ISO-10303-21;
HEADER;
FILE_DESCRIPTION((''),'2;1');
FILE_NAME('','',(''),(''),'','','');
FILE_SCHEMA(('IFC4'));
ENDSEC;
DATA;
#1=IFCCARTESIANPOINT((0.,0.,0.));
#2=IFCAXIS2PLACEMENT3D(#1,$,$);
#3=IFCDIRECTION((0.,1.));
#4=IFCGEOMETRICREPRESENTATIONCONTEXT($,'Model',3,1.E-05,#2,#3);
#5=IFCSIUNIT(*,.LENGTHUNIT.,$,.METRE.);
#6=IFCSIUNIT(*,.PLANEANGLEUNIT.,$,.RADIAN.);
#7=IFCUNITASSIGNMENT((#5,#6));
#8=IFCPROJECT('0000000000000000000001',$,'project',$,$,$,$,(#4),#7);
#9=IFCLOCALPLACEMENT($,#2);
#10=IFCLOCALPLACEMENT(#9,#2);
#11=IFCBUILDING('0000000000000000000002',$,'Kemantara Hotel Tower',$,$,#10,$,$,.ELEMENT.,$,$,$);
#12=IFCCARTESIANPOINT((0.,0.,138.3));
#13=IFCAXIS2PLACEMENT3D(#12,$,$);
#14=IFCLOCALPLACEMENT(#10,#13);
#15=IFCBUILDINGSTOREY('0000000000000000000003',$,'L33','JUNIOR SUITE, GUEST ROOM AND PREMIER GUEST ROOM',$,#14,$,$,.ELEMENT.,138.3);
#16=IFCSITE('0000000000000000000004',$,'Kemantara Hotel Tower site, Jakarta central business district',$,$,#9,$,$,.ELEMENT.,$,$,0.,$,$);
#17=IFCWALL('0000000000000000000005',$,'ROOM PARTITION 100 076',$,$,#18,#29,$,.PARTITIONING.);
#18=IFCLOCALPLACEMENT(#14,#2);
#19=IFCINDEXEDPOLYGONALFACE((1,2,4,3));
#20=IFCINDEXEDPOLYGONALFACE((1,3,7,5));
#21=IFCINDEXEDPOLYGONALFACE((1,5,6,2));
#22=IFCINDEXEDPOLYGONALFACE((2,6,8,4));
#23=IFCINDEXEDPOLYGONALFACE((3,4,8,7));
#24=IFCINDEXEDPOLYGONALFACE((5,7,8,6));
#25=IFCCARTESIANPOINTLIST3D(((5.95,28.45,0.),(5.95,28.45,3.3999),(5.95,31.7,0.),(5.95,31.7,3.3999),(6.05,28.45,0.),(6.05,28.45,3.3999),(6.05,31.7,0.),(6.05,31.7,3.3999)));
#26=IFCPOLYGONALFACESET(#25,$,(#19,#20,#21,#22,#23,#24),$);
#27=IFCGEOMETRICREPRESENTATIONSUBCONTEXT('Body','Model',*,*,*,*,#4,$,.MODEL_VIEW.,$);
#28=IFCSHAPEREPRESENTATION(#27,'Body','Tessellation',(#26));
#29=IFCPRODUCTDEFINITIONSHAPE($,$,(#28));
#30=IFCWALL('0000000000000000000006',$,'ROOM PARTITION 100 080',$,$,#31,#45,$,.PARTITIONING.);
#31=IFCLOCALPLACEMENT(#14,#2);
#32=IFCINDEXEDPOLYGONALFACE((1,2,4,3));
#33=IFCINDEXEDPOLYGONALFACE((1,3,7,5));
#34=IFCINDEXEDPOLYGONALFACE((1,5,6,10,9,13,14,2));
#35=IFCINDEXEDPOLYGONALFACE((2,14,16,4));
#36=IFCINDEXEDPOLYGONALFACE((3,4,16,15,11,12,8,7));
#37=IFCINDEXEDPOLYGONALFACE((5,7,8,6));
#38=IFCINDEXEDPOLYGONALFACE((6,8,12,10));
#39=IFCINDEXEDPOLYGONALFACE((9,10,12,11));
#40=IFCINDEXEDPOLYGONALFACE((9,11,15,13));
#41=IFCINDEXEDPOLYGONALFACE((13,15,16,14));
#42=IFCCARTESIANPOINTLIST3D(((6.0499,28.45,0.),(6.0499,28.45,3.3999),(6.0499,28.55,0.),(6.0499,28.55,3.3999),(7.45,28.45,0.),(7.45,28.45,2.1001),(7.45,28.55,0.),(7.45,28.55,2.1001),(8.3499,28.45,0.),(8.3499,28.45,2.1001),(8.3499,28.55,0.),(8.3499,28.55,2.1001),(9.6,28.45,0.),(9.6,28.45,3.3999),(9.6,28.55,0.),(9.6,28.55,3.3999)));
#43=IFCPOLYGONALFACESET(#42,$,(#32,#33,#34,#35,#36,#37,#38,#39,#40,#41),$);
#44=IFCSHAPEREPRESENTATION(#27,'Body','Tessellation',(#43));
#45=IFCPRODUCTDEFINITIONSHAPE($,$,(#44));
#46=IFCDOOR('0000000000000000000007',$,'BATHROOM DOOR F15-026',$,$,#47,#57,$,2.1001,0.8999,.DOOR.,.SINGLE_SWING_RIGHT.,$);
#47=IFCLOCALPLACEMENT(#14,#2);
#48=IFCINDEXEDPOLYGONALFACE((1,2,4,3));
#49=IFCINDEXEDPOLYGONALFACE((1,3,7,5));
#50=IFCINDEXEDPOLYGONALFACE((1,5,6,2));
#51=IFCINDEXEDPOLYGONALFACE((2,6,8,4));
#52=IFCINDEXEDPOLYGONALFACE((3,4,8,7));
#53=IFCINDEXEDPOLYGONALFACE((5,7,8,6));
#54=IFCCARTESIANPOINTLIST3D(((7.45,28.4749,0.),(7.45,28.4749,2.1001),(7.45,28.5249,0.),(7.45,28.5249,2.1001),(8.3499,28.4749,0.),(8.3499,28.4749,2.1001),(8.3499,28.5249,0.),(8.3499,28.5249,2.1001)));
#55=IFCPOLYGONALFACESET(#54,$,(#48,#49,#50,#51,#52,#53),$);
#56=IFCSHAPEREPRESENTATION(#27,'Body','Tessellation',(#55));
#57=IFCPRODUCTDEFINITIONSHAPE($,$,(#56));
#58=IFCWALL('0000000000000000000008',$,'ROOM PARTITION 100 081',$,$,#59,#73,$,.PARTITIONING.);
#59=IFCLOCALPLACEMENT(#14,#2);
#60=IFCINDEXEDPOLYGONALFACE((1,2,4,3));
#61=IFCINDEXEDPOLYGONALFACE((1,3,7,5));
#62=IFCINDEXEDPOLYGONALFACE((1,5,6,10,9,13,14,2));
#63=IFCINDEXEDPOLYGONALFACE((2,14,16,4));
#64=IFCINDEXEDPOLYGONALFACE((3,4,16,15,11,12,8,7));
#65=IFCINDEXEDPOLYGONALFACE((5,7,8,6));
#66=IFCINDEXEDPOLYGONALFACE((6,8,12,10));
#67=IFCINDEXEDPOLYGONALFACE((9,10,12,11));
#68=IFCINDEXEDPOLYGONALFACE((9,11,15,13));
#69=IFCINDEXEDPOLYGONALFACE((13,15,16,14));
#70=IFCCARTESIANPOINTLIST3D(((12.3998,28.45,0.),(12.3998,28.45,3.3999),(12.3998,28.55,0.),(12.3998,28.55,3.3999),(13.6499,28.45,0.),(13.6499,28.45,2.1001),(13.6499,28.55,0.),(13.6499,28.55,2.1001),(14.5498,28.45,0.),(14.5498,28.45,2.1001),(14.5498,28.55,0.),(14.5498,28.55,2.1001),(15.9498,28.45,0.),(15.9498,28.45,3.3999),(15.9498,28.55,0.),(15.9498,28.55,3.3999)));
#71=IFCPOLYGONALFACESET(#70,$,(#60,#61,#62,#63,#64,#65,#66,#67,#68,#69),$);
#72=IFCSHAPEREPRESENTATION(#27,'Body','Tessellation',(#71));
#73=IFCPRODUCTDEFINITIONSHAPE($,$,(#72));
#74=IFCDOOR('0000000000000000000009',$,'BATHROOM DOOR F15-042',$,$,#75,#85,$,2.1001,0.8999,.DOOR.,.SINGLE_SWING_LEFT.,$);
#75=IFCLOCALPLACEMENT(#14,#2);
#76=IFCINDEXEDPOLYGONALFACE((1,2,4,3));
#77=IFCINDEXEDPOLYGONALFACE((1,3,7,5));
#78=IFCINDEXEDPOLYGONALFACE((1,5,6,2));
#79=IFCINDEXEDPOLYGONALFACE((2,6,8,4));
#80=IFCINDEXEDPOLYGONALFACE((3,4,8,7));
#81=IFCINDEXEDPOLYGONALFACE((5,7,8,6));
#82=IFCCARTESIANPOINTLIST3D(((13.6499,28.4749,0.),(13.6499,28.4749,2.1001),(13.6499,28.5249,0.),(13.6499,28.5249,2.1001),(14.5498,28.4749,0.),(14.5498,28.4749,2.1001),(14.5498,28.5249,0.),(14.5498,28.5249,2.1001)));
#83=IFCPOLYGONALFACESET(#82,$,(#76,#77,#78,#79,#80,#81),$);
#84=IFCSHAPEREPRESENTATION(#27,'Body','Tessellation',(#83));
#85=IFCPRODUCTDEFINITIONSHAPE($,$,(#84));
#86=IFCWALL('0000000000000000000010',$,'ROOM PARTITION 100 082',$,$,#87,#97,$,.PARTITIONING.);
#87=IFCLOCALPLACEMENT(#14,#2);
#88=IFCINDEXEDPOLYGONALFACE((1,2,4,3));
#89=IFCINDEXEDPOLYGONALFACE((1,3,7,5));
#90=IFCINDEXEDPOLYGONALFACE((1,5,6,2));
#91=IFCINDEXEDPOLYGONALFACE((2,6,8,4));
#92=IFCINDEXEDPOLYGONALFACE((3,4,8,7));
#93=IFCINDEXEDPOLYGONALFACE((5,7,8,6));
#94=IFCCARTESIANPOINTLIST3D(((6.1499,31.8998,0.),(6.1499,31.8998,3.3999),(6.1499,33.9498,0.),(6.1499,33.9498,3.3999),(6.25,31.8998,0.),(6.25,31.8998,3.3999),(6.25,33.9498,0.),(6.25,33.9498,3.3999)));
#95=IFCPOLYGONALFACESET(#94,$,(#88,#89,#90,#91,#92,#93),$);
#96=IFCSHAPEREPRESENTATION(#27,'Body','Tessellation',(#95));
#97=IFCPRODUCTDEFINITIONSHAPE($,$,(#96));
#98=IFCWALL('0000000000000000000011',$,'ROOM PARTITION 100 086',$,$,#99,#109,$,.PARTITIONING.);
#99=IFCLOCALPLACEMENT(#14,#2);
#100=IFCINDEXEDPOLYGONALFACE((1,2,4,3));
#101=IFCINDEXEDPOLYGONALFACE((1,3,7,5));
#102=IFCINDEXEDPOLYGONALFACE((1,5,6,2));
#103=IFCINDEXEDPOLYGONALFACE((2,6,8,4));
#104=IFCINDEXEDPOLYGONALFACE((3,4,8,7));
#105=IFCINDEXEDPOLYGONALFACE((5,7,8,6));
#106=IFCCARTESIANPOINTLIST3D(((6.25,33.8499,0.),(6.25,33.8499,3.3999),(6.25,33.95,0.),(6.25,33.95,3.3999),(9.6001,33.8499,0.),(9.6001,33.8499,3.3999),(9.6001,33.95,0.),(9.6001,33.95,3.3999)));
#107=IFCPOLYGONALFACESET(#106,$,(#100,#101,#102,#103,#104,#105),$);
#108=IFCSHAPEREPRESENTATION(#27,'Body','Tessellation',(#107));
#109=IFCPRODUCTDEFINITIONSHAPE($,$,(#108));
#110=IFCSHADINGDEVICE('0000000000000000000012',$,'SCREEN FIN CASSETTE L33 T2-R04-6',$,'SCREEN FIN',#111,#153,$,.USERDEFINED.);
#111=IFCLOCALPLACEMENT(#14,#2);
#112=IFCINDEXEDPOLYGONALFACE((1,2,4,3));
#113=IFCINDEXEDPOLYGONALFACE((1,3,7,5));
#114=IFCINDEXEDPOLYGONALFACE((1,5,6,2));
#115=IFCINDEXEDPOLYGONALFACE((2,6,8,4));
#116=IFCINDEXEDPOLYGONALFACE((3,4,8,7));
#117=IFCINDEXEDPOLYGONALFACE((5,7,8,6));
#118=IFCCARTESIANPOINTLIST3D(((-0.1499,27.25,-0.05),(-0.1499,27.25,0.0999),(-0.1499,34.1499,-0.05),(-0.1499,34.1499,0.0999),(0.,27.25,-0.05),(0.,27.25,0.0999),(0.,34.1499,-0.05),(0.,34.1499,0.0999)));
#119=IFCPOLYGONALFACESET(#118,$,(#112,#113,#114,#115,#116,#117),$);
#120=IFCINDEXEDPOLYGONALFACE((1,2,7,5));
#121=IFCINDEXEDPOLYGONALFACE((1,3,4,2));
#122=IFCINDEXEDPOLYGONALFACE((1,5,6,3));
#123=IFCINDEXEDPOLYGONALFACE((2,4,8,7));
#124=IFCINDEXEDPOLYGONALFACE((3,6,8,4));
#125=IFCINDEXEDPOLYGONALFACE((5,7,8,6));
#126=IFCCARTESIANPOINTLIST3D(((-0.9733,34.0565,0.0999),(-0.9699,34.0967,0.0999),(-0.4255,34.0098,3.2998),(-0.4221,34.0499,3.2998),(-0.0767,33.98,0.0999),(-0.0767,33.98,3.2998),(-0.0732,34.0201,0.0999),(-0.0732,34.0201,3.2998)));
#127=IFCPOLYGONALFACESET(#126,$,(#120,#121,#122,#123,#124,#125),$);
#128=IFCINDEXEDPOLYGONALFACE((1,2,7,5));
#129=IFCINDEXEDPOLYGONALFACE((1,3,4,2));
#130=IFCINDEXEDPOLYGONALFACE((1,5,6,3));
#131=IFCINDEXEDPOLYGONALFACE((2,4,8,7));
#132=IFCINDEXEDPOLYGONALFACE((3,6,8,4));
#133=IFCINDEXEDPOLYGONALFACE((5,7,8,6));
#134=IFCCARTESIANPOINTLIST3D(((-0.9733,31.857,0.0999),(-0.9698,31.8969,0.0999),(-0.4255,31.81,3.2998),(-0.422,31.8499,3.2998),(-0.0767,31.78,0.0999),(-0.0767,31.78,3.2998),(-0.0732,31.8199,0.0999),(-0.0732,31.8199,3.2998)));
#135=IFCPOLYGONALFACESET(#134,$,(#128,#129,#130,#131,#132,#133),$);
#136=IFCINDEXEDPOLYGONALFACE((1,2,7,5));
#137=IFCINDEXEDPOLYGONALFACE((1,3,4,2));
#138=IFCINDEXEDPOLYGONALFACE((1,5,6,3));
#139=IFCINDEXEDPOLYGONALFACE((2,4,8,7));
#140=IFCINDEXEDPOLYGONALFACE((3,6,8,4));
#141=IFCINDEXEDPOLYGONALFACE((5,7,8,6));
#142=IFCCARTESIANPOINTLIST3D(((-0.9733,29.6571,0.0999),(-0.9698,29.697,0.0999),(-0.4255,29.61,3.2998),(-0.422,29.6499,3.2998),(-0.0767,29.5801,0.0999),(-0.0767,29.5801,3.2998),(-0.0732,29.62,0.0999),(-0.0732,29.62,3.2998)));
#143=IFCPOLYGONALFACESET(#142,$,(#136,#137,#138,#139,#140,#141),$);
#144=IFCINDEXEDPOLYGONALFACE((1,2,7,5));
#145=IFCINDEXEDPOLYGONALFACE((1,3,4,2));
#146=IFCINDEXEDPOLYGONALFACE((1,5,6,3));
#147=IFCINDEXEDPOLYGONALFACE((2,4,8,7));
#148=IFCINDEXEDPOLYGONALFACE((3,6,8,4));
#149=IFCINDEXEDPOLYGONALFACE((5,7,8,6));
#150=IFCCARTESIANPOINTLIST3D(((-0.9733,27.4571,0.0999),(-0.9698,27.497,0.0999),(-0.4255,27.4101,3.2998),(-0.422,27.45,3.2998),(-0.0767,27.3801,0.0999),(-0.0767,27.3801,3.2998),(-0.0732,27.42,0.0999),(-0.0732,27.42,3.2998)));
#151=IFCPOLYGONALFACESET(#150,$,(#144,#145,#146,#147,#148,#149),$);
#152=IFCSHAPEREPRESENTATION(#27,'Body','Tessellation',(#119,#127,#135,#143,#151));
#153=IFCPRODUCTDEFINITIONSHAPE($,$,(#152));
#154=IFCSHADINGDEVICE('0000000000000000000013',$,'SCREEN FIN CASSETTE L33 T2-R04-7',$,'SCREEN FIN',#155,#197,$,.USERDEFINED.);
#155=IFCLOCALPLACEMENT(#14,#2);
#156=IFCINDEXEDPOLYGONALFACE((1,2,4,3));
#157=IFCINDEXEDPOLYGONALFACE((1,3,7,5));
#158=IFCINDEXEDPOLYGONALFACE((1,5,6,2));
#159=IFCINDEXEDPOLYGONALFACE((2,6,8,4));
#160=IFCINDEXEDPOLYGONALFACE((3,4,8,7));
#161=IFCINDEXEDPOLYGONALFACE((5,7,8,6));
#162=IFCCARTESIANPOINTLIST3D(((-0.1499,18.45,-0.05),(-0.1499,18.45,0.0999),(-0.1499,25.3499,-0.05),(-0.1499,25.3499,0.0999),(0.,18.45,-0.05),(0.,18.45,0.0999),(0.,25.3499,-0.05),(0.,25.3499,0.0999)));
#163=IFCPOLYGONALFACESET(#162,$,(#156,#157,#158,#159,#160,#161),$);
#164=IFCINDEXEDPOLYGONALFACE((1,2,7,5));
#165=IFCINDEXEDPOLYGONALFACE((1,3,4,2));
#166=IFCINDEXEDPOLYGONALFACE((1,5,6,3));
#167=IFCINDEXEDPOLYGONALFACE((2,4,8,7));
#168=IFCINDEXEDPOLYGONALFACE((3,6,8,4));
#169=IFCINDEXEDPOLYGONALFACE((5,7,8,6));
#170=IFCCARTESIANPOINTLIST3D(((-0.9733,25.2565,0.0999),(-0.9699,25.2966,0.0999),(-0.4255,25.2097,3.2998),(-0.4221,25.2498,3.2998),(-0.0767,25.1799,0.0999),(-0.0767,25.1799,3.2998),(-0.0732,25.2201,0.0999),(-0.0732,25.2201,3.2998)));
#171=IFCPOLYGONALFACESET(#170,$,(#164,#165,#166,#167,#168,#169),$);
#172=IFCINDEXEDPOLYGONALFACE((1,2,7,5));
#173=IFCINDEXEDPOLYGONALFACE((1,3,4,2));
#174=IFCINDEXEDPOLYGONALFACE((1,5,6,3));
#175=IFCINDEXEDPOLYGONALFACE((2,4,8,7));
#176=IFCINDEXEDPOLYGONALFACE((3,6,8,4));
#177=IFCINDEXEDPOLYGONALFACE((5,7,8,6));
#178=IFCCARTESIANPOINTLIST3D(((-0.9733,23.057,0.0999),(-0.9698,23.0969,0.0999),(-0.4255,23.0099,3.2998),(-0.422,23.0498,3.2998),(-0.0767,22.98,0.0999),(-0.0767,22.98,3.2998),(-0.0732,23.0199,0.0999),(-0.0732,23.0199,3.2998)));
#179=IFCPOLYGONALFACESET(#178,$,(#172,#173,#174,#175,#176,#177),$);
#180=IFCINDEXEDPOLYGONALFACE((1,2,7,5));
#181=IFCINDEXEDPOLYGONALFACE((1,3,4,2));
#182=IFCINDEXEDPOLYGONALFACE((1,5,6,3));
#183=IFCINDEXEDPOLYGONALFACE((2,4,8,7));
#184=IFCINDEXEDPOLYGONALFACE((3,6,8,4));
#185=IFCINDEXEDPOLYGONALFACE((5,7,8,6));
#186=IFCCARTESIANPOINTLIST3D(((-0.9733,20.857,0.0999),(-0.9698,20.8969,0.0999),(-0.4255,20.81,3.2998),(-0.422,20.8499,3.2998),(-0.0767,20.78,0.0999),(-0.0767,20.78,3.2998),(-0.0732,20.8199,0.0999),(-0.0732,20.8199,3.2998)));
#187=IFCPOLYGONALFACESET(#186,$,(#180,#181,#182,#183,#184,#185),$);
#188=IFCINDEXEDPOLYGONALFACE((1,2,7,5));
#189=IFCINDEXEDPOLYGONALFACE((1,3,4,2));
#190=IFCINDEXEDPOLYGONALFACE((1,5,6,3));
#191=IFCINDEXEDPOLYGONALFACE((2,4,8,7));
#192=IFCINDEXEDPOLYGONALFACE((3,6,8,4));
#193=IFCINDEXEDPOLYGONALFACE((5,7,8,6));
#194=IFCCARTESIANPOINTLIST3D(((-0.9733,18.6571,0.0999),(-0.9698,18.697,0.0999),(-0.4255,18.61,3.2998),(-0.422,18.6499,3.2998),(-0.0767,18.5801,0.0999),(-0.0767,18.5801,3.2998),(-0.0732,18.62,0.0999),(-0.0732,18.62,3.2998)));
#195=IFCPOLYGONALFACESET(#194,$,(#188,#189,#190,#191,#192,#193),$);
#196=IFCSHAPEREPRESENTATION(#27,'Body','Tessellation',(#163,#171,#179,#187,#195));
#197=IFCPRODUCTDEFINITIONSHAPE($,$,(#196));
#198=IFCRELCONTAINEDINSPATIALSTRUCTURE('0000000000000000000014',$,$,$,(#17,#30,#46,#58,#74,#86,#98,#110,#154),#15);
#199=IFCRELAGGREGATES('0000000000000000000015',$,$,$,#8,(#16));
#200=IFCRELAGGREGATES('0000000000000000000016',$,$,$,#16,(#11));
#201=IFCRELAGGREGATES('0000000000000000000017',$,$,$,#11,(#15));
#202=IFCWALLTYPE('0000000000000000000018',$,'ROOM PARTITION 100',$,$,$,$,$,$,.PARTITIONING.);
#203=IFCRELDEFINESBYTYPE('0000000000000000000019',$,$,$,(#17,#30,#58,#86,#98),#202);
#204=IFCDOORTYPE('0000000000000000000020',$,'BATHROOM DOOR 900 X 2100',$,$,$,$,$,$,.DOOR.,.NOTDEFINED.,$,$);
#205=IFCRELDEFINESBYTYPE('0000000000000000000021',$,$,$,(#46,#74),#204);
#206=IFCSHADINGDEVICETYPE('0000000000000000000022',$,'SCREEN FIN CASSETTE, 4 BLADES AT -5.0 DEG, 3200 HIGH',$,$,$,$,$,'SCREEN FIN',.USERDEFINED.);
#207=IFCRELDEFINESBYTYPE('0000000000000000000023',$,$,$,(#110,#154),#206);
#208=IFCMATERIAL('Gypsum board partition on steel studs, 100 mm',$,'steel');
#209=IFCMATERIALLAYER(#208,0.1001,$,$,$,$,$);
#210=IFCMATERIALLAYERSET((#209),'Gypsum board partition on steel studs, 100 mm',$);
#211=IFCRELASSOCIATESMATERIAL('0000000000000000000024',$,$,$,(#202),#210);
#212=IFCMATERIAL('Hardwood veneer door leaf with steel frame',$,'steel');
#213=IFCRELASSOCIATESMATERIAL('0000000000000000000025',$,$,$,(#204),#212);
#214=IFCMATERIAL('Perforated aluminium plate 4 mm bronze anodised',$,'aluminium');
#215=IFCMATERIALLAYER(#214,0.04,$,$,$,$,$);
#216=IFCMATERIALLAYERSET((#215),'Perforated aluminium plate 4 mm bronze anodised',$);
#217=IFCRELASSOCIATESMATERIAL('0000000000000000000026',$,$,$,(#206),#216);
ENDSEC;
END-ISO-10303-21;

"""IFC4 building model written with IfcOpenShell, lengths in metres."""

from ifc_helpers import new_model, si_unit, direction, frame, frame_2d, origin, origin_2d, place, context, subcontext, project, spatial, polyline, rectangle, outline, extrude, source, transform, mapped, material, layer, layer_set, type_object, element, fill, save


model = new_model("IFC4")

# Units and contexts
model_context = context("Model", 3, precision=1e-05, world=origin(), true_north=direction((0.0, 1.0)))
body_context = subcontext(model_context, "Body", "Model", "MODEL_VIEW")
ifc_project = project(units=[si_unit("LENGTHUNIT", "METRE"), si_unit("PLANEANGLEUNIT", "RADIAN")], contexts=[model_context])

# Site, building, storey
site_placement = place(None, origin())
site = spatial("IfcSite", under=ifc_project, at=site_placement, Name="Kemantara Hotel Tower site, Jakarta central business district", CompositionType="ELEMENT", RefElevation=0.0)
building_placement = place(site_placement, origin())
building = spatial("IfcBuilding", under=site, at=building_placement, Name="Kemantara Hotel Tower", CompositionType="ELEMENT")
storey_placement = place(building_placement, frame((0.0, 0.0, 138.3)))
storey = spatial("IfcBuildingStorey", under=building, at=storey_placement, Name="L33", Description="JUNIOR SUITE, GUEST ROOM AND PREMIER GUEST ROOM", CompositionType="ELEMENT", Elevation=138.3)

# Shared definitions
ifc_material_1 = material(Name="Hardwood veneer door leaf with steel frame", Category="steel")

# Wall
ifc_material_2 = material(Name="Gypsum board partition on steel studs, 100 mm", Category="steel")
ifc_layer_1 = layer(ifc_material_2, 0.1001)
ifc_layer_set_1 = layer_set([ifc_layer_1], Name="Gypsum board partition on steel studs, 100 mm")
wall_type_1 = type_object("IfcWallType", Name="ROOM PARTITION 100", PredefinedType="PARTITIONING", material=ifc_layer_set_1)
wall_1_placement = place(storey_placement, frame((6.0, 28.45, 0.0), z_axis=(0.0, 0.0, 1.0), x_axis=(0.0, 1.0, 0.0)))
element("IfcWall", 1, at=wall_1_placement, inside=storey, type_object=wall_type_1, Name="ROOM PARTITION 100 076", PredefinedType="PARTITIONING", context=body_context, shape_type="SweptSolid", body=[
    extrude(rectangle(XDim=3.25, YDim=0.1001, at=frame_2d((1.625, 0.0))), origin(), (0.0, 0.0, 1.0), 3.3999),
])

# Walls, openings, doors
wall_2_placement = place(storey_placement, frame((6.05, 28.5, 0.0), z_axis=(0.0, 0.0, 1.0), x_axis=(1.0, 0.0, 0.0)))
wall_2 = element("IfcWall", 2, at=wall_2_placement, inside=storey, type_object=wall_type_1, Name="ROOM PARTITION 100 080", PredefinedType="PARTITIONING", context=body_context, shape_type="SweptSolid", body=[
    extrude(rectangle(XDim=3.55, YDim=0.1001, at=frame_2d((1.7749, 0.0))), origin(), (0.0, 0.0, 1.0), 3.3999),
])
opening_1_placement = place(wall_2_placement, frame((1.3999, 0.0, 0.0)))
opening_1 = element("IfcOpeningElement", 3, at=opening_1_placement, cuts=wall_2, PredefinedType="OPENING", context=body_context, shape_type="SweptSolid", body=[
    extrude(rectangle(XDim=0.8999, YDim=2.1001, at=frame_2d((0.45, 1.05))), frame((0.0, 0.0601, 0.0), z_axis=(0.0, -1.0, 0.0), x_axis=(1.0, 0.0, 0.0)), (0.0, 0.0, 1.0), 0.1201),
])
door_type_1 = type_object("IfcDoorType", Name="BATHROOM DOOR 900 X 2100", OperationType="NOTDEFINED", PredefinedType="DOOR", material=ifc_material_1)
door_1_placement = place(opening_1_placement, origin())
door_1 = element("IfcDoor", 4, at=door_1_placement, inside=storey, type_object=door_type_1, Name="BATHROOM DOOR F15-026", OperationType="SINGLE_SWING_RIGHT", OverallHeight=2.1001, OverallWidth=0.8999, PredefinedType="DOOR", context=body_context, shape_type="SweptSolid", body=[
    extrude(rectangle(XDim=0.8999, YDim=2.1001, at=frame_2d((0.45, 1.05))), frame((0.0, 0.0249, 0.0), z_axis=(0.0, -1.0, 0.0), x_axis=(1.0, 0.0, 0.0)), (0.0, 0.0, 1.0), 0.05),
])
fill(opening_1, door_1)
wall_3_placement = place(storey_placement, frame((12.3999, 28.5, 0.0), z_axis=(0.0, 0.0, 1.0), x_axis=(1.0, 0.0, 0.0)))
wall_3 = element("IfcWall", 5, at=wall_3_placement, inside=storey, type_object=wall_type_1, Name="ROOM PARTITION 100 081", PredefinedType="PARTITIONING", context=body_context, shape_type="SweptSolid", body=[
    extrude(rectangle(XDim=3.55, YDim=0.1001, at=frame_2d((1.7749, 0.0))), origin(), (0.0, 0.0, 1.0), 3.3999),
])
opening_2_placement = place(wall_3_placement, frame((1.25, 0.0, 0.0)))
opening_2 = element("IfcOpeningElement", 6, at=opening_2_placement, cuts=wall_3, PredefinedType="OPENING", context=body_context, shape_type="SweptSolid", body=[
    extrude(rectangle(XDim=0.8999, YDim=2.1001, at=frame_2d((0.45, 1.05))), frame((0.0, 0.0601, 0.0), z_axis=(0.0, -1.0, 0.0), x_axis=(1.0, 0.0, 0.0)), (0.0, 0.0, 1.0), 0.1201),
])
door_2_placement = place(opening_2_placement, origin())
door_2 = element("IfcDoor", 7, at=door_2_placement, inside=storey, type_object=door_type_1, Name="BATHROOM DOOR F15-042", OperationType="SINGLE_SWING_LEFT", OverallHeight=2.1001, OverallWidth=0.8999, PredefinedType="DOOR", context=body_context, shape_type="SweptSolid", body=[
    extrude(rectangle(XDim=0.8999, YDim=2.1001, at=frame_2d((0.45, 1.05))), frame((0.0, 0.0249, 0.0), z_axis=(0.0, -1.0, 0.0), x_axis=(1.0, 0.0, 0.0)), (0.0, 0.0, 1.0), 0.05),
])
fill(opening_2, door_2)

# Walls
wall_4_placement = place(storey_placement, frame((6.2, 31.8999, 0.0), z_axis=(0.0, 0.0, 1.0), x_axis=(0.0, 1.0, 0.0)))
element("IfcWall", 8, at=wall_4_placement, inside=storey, type_object=wall_type_1, Name="ROOM PARTITION 100 082", PredefinedType="PARTITIONING", context=body_context, shape_type="SweptSolid", body=[
    extrude(rectangle(XDim=2.05, YDim=0.1001, at=frame_2d((1.0249, 0.0))), origin(), (0.0, 0.0, 1.0), 3.3999),
])
wall_5_placement = place(storey_placement, frame((6.25, 33.8999, 0.0), z_axis=(0.0, 0.0, 1.0), x_axis=(1.0, 0.0, 0.0)))
element("IfcWall", 9, at=wall_5_placement, inside=storey, type_object=wall_type_1, Name="ROOM PARTITION 100 086", PredefinedType="PARTITIONING", context=body_context, shape_type="SweptSolid", body=[
    extrude(rectangle(XDim=3.3501, YDim=0.1001, at=frame_2d((1.675, 0.0))), origin(), (0.0, 0.0, 1.0), 3.3999),
])

# Shading devices
ifc_material_3 = material(Name="Perforated aluminium plate 4 mm bronze anodised", Category="aluminium")
ifc_layer_2 = layer(ifc_material_3, 0.04)
ifc_layer_set_2 = layer_set([ifc_layer_2], Name="Perforated aluminium plate 4 mm bronze anodised")
shading_device_type = type_object("IfcShadingDeviceType", Name="SCREEN FIN CASSETTE, 4 BLADES AT -5.0 DEG, 3200 HIGH", ElementType="SCREEN FIN", PredefinedType="USERDEFINED", material=ifc_layer_set_2)
shared_shape = source(origin(), body_context, "Body", "SweptSolid", [
    extrude(rectangle(XDim=6.8999, YDim=0.1499, at=origin_2d()), frame((3.3, -0.075, -0.1499), z_axis=(0.0, 0.0, 1.0), x_axis=(1.0, 0.0, 0.0)), (0.0, 0.0, 1.0), 0.1499),
    extrude(outline(polyline([(0.0, 0.0), (0.8999, 0.0), (0.3501, 3.2), (0.0, 3.2), (0.0, 0.0)])), frame((0.02, -0.0767, 0.0), z_axis=(-0.996376, 0.085056, 0.0), x_axis=(-0.085056, -0.996376, 0.0)), (0.0, 0.0, 1.0), 0.0403),
    extrude(outline(polyline([(0.0, 0.0), (0.8999, 0.0), (0.3501, 3.2), (0.0, 3.2), (0.0, 0.0)])), frame((2.22, -0.0767, 0.0), z_axis=(-0.996332, 0.085575, 0.0), x_axis=(-0.085575, -0.996332, 0.0)), (0.0, 0.0, 1.0), 0.04),
    extrude(outline(polyline([(0.0, 0.0), (0.8999, 0.0), (0.3501, 3.2), (0.0, 3.2), (0.0, 0.0)])), frame((4.4199, -0.0767, 0.0), z_axis=(-0.996332, 0.085575, 0.0), x_axis=(-0.085575, -0.996332, 0.0)), (0.0, 0.0, 1.0), 0.04),
    extrude(outline(polyline([(0.0, 0.0), (0.8999, 0.0), (0.3501, 3.2), (0.0, 3.2), (0.0, 0.0)])), frame((6.6199, -0.0767, 0.0), z_axis=(-0.996332, 0.085575, 0.0), x_axis=(-0.085575, -0.996332, 0.0)), (0.0, 0.0, 1.0), 0.04),
])
for number, where, z_axis, x_axis, name in (
    (10, (0.0, 34.0, 0.0999), (0.0, 0.0, 1.0), (0.0, -1.0, 0.0), "SCREEN FIN CASSETTE L33 T2-R04-6"),
    (11, (0.0, 25.2, 0.0999), (0.0, 0.0, 1.0), (0.0, -1.0, 0.0), "SCREEN FIN CASSETTE L33 T2-R04-7"),
):
    element("IfcShadingDevice", number, at=place(storey_placement, frame(where, z_axis=z_axis, x_axis=x_axis)), inside=storey, type_object=shading_device_type, Name=name, ObjectType="SCREEN FIN", PredefinedType="USERDEFINED", context=body_context, shape_type="MappedRepresentation", body=[
        mapped(shared_shape, transform((0.0, 0.0, 0.0))),
    ])

save(model, "model.ifc")
